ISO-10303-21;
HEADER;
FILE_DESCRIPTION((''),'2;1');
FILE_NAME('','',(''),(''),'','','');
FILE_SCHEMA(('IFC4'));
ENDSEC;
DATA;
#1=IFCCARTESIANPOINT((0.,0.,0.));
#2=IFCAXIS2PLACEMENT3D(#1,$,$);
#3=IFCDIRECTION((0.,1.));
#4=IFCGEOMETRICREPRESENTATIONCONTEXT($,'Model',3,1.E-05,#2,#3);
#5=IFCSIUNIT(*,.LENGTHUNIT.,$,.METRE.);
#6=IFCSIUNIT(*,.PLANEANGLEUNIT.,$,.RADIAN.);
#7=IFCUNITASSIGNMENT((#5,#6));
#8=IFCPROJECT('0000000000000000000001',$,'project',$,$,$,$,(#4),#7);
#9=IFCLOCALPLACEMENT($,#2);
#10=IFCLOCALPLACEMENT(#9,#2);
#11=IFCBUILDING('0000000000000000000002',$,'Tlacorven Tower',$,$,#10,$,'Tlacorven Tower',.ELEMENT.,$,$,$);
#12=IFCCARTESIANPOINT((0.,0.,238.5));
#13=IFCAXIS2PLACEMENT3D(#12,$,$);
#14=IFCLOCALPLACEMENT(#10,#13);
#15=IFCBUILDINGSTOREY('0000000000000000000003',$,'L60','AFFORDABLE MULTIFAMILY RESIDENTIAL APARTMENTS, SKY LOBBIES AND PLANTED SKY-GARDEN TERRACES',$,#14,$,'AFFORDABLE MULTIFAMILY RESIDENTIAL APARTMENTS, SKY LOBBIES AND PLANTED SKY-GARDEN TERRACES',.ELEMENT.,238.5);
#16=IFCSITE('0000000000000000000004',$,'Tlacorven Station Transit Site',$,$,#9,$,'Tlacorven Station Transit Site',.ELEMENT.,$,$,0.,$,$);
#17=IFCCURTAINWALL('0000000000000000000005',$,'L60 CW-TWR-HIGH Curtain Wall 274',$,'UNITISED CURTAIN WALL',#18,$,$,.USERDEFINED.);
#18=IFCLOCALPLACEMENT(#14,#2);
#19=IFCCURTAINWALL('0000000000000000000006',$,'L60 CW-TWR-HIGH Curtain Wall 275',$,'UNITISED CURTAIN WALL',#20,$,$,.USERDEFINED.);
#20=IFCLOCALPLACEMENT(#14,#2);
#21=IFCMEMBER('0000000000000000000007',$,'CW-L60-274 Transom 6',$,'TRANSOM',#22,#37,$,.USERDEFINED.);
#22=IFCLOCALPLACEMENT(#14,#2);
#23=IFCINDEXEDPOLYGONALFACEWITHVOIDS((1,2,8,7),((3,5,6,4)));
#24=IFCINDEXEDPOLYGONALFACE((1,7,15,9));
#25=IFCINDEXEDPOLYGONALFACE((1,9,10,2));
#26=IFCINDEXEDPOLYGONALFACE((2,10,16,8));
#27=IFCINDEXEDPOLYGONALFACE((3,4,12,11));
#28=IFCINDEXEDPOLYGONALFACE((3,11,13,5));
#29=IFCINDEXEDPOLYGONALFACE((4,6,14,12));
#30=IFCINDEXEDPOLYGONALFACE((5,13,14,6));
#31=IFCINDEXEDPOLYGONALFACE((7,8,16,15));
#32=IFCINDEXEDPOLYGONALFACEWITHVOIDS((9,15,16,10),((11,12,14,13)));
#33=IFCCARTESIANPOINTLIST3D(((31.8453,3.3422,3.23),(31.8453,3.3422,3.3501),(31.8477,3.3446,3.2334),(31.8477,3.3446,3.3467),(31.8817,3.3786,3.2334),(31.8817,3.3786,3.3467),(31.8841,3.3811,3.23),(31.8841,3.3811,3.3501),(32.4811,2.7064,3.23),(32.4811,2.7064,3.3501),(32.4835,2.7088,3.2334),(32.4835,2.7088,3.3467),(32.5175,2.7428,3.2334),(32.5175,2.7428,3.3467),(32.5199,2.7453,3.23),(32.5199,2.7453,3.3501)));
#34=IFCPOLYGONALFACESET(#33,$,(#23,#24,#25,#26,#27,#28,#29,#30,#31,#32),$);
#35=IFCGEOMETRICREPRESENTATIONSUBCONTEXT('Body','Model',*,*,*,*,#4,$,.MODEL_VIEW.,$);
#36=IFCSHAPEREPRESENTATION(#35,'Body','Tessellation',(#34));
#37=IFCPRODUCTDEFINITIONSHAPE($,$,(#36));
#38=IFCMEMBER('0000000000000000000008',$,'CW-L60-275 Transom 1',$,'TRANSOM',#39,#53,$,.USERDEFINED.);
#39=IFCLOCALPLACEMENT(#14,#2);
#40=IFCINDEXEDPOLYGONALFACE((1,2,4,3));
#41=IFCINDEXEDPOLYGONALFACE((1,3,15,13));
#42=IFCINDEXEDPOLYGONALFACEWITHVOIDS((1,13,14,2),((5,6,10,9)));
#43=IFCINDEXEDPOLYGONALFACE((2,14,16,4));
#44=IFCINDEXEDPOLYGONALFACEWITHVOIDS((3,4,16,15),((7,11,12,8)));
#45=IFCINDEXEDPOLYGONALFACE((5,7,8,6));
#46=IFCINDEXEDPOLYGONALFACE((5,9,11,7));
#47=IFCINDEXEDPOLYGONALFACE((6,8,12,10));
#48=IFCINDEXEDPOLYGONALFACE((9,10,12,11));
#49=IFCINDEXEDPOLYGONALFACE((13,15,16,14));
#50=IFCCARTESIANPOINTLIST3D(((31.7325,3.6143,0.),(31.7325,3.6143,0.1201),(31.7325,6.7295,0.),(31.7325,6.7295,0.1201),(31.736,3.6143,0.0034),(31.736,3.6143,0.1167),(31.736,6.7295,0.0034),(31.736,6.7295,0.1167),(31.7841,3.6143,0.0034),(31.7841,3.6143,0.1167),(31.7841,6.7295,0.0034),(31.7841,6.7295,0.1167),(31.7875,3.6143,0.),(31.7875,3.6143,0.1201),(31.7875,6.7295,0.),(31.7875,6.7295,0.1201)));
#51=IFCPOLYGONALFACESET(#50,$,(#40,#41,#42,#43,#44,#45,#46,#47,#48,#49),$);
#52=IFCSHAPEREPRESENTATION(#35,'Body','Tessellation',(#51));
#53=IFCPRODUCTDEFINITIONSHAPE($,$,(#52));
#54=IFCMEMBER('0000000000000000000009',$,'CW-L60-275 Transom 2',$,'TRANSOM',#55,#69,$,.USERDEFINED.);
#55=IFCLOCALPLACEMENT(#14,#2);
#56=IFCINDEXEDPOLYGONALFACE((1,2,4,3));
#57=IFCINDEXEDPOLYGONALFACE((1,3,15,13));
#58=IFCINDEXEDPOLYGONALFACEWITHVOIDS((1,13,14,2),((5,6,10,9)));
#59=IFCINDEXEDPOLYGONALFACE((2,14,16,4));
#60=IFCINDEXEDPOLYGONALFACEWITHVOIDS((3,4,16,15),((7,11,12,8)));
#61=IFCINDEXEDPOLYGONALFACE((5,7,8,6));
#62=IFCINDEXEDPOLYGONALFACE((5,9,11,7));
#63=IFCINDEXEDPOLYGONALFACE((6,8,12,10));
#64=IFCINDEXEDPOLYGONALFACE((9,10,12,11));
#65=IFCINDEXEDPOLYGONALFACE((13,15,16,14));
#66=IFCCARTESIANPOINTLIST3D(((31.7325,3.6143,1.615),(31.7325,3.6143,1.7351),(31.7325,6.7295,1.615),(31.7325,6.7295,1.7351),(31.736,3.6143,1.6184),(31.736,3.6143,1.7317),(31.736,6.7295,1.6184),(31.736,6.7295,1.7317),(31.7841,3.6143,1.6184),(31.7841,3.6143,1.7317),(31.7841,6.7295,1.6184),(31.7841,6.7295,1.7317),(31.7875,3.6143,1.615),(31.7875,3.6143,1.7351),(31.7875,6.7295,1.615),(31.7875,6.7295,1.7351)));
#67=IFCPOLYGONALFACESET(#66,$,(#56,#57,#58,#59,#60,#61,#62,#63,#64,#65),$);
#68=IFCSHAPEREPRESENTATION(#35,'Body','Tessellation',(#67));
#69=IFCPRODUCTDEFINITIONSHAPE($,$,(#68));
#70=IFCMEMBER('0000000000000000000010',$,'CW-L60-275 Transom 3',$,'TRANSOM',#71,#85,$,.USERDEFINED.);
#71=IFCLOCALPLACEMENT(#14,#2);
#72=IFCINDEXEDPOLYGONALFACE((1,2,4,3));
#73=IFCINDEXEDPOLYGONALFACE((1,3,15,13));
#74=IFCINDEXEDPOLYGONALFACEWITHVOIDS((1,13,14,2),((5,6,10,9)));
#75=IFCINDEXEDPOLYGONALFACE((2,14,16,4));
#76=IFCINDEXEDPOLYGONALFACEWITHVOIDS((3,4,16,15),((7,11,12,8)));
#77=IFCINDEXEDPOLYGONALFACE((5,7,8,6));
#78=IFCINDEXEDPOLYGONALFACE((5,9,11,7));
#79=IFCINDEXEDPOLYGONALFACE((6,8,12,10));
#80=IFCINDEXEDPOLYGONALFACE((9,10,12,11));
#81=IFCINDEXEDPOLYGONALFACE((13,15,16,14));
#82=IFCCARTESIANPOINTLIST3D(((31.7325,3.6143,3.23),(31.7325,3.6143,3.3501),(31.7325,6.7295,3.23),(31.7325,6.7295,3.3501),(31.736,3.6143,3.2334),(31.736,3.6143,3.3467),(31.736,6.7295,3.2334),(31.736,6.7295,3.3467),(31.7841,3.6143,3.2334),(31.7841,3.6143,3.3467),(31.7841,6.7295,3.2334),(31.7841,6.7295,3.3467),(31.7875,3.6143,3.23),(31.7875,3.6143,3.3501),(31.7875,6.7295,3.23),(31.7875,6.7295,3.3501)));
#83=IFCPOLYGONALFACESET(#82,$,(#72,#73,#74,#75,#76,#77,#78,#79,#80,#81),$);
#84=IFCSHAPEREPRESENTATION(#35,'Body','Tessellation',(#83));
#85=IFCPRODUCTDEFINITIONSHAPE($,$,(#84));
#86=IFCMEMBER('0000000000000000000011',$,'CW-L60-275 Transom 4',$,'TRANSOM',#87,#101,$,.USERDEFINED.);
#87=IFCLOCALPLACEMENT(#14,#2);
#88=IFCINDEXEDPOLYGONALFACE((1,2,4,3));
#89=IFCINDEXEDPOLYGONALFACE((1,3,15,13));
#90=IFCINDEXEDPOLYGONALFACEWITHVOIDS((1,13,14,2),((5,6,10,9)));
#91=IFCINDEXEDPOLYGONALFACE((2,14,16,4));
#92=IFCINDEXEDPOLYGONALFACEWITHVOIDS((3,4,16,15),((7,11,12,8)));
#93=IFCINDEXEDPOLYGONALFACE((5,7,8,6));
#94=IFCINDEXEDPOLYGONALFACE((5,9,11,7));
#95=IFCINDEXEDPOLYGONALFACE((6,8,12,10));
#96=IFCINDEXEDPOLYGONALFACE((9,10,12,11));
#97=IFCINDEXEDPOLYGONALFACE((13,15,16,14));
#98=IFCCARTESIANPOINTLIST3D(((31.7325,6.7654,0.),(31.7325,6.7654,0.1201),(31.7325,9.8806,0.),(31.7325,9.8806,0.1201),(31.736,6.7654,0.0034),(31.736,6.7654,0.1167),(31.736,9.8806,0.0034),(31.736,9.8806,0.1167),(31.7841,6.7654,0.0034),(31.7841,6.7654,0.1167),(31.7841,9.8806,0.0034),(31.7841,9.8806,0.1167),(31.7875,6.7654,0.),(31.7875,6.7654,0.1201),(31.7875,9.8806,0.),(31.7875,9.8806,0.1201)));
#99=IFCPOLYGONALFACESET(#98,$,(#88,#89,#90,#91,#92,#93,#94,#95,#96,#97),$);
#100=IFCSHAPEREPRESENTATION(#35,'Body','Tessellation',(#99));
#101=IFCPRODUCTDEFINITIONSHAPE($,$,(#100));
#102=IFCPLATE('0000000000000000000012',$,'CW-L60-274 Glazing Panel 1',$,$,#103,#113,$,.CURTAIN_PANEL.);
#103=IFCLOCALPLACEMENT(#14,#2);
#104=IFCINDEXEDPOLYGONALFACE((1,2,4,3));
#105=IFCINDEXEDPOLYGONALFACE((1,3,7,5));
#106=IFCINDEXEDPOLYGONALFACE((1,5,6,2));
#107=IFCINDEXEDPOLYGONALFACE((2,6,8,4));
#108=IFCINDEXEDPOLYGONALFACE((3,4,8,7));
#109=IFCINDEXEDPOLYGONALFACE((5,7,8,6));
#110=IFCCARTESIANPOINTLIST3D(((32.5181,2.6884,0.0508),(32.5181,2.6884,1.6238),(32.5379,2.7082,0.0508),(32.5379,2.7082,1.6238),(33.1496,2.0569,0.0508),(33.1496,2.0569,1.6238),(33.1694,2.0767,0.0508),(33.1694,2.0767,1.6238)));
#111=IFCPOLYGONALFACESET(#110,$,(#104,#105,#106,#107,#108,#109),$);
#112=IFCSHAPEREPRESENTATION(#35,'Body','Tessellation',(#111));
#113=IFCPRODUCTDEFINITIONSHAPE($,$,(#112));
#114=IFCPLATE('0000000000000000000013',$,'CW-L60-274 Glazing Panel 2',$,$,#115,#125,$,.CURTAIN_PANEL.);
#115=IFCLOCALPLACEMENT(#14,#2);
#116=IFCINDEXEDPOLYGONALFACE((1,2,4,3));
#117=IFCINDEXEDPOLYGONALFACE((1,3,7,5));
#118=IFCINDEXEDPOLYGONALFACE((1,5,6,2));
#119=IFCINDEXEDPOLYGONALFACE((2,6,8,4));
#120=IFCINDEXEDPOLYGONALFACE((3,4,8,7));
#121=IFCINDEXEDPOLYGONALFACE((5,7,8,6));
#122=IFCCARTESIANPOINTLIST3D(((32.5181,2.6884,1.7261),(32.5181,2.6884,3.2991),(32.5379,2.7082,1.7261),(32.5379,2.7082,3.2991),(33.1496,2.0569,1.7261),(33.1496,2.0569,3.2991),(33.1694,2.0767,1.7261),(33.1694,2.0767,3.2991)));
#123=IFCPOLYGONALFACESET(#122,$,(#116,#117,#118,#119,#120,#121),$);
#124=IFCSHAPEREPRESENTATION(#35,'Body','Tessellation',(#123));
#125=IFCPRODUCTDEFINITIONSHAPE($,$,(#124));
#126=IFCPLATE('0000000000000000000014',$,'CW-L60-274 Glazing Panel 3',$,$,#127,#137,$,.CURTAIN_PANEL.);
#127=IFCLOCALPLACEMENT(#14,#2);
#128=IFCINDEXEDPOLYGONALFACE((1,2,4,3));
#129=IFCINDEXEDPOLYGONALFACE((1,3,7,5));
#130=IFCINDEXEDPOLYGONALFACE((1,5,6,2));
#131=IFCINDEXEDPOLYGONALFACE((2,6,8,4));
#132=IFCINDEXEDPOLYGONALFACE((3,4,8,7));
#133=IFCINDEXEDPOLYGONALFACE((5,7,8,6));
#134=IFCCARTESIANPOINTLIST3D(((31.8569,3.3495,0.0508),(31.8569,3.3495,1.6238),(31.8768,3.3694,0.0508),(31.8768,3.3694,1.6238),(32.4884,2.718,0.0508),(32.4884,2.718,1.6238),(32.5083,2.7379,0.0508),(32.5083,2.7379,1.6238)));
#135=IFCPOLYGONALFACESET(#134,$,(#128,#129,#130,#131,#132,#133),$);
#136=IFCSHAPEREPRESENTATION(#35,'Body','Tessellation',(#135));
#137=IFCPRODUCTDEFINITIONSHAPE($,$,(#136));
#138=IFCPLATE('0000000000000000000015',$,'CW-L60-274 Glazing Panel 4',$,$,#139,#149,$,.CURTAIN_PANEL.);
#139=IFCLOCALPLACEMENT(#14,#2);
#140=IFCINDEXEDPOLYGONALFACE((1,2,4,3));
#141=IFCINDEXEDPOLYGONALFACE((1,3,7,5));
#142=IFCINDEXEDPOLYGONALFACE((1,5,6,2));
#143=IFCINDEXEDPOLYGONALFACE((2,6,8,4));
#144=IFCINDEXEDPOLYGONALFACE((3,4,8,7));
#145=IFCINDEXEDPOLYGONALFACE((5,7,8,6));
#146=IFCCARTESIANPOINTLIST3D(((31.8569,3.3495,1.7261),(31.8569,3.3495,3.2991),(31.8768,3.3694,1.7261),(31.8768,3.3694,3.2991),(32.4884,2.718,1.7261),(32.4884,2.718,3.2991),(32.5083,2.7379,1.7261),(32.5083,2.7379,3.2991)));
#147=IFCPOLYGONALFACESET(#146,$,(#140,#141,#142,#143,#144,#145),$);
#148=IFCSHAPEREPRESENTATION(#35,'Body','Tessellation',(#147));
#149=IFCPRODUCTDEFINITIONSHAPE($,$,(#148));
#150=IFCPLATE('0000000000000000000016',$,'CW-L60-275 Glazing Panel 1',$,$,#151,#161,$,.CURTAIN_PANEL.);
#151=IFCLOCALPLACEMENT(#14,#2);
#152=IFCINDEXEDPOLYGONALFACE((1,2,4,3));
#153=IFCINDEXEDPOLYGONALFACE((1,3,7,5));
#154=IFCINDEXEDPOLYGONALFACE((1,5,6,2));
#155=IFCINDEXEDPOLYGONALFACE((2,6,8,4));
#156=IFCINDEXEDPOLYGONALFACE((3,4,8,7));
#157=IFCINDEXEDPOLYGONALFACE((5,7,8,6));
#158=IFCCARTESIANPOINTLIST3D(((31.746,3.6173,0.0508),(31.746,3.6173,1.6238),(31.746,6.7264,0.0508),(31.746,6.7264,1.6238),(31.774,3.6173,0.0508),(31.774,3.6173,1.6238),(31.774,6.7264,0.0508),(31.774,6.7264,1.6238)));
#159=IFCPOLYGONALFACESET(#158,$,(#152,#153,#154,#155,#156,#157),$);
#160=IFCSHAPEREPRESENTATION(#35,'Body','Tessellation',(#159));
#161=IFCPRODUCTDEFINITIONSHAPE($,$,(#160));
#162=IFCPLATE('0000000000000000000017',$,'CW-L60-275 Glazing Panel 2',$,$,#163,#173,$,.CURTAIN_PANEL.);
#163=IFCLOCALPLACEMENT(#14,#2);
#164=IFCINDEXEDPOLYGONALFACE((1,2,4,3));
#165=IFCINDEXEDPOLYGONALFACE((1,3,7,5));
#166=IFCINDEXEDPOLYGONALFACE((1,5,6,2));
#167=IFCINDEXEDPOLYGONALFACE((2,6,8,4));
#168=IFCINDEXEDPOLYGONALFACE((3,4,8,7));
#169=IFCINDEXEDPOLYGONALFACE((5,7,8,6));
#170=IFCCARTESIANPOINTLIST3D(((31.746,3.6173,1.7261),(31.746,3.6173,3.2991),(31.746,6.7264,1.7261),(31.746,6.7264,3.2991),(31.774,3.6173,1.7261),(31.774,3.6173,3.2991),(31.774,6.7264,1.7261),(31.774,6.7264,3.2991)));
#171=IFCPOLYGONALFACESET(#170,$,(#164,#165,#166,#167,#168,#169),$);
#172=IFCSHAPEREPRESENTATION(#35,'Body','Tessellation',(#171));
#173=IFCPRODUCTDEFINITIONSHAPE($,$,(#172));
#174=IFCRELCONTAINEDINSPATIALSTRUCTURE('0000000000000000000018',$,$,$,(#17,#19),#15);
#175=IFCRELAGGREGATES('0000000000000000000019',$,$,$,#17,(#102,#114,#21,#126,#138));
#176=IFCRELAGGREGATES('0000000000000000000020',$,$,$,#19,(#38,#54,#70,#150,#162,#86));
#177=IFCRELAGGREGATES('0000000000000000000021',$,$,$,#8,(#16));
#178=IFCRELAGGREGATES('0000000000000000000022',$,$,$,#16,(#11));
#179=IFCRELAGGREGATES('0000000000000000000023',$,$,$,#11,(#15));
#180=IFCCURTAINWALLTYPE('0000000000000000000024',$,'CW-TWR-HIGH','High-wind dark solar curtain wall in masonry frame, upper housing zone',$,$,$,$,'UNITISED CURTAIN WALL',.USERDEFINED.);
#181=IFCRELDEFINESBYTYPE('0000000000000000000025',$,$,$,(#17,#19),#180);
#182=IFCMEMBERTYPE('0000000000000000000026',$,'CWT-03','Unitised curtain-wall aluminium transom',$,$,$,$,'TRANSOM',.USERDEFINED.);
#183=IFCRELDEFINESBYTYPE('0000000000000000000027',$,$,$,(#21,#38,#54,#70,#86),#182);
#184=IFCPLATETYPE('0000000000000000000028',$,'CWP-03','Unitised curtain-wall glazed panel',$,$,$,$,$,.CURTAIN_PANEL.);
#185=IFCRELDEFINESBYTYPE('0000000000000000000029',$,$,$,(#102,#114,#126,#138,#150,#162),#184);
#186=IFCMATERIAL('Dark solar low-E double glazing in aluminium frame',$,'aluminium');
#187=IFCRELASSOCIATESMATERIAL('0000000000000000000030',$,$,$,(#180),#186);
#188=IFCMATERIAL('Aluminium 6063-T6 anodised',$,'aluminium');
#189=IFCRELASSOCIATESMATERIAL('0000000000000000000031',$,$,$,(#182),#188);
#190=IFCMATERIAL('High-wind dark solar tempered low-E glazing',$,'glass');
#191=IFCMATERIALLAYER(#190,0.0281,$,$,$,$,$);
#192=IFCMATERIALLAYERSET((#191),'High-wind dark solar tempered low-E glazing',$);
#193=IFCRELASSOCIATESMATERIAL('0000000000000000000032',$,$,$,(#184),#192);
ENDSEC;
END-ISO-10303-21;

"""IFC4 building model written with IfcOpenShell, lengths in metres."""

from ifc_helpers import new_model, si_unit, direction, frame, origin, origin_2d, place, context, subcontext, project, spatial, rectangle, hollow_rectangle, extrude, source, transform, mapped, material, layer, layer_set, material_profile, profile_set, type_object, element, aggregate, save


model = new_model("IFC4")

# Units and contexts
model_context = context("Model", 3, precision=1e-05, world=origin(), true_north=direction((0.0, 1.0)))
body_context = subcontext(model_context, "Body", "Model", "MODEL_VIEW")
ifc_project = project(units=[si_unit("LENGTHUNIT", "METRE"), si_unit("PLANEANGLEUNIT", "RADIAN")], contexts=[model_context])

# Site, building, storey
site_placement = place(None, origin())
site = spatial("IfcSite", under=ifc_project, at=site_placement, Name="Tlacorven Station Transit Site", LongName="Tlacorven Station Transit Site", CompositionType="ELEMENT", RefElevation=0.0)
building_placement = place(site_placement, origin())
building = spatial("IfcBuilding", under=site, at=building_placement, Name="Tlacorven Tower", LongName="Tlacorven Tower", CompositionType="ELEMENT")
storey_placement = place(building_placement, frame((0.0, 0.0, 238.5)))
storey = spatial("IfcBuildingStorey", under=building, at=storey_placement, Name="L60", Description="AFFORDABLE MULTIFAMILY RESIDENTIAL APARTMENTS, SKY LOBBIES AND PLANTED SKY-GARDEN TERRACES", LongName="AFFORDABLE MULTIFAMILY RESIDENTIAL APARTMENTS, SKY LOBBIES AND PLANTED SKY-GARDEN TERRACES", CompositionType="ELEMENT", Elevation=238.5)

# Shared definitions
ifc_material_1 = material(Name="Dark solar low-E double glazing in aluminium frame", Category="aluminium")
curtain_wall_type = type_object("IfcCurtainWallType", Name="CW-TWR-HIGH", Description="High-wind dark solar curtain wall in masonry frame, upper housing zone", ElementType="UNITISED CURTAIN WALL", PredefinedType="USERDEFINED", material=ifc_material_1)
ifc_material_2 = material(Name="Aluminium 6063-T6 anodised", Category="aluminium")

# Curtain walls
curtain_wall_1_placement = place(storey_placement, origin())
curtain_wall_1 = element("IfcCurtainWall", 1, at=curtain_wall_1_placement, inside=storey, type_object=curtain_wall_type, Name="L60 CW-TWR-HIGH Curtain Wall 274", ObjectType="UNITISED CURTAIN WALL", PredefinedType="USERDEFINED")
curtain_wall_2_placement = place(storey_placement, origin())
curtain_wall_2 = element("IfcCurtainWall", 2, at=curtain_wall_2_placement, inside=storey, type_object=curtain_wall_type, Name="L60 CW-TWR-HIGH Curtain Wall 275", ObjectType="UNITISED CURTAIN WALL", PredefinedType="USERDEFINED")

# Members
ifc_material_profile_1 = material_profile(ifc_material_2, hollow_rectangle(XDim=0.0549, YDim=0.1201, WallThickness=0.0034, at=origin_2d()), Name="ALU TRANSOM 55X120")
ifc_profile_set_1 = profile_set([ifc_material_profile_1], Name="Aluminium 6063-T6 anodised")
member_type_1 = type_object("IfcMemberType", Name="CWT-03", Description="Unitised curtain-wall aluminium transom", ElementType="TRANSOM", PredefinedType="USERDEFINED", material=ifc_profile_set_1)
shared_shape_1 = source(origin(), body_context, "Body", "SweptSolid", [
    extrude(hollow_rectangle(XDim=0.0549, YDim=0.1201, WallThickness=0.0034, at=origin_2d()), origin(), (0.0, 0.0, 1.0), 0.8992),
])
member_1_placement = place(storey_placement, frame((32.5005, 2.7258, 3.29), z_axis=(-0.707107, 0.707107, 0.0), x_axis=(-0.707107, -0.707107, 0.0)))
member_1 = element("IfcMember", 3, at=member_1_placement, type_object=member_type_1, Name="CW-L60-274 Transom 6", ObjectType="TRANSOM", PredefinedType="USERDEFINED", context=body_context, shape_type="MappedRepresentation", body=[
    mapped(shared_shape_1, transform((0.0, 0.0, 0.0), scale=1.0)),
])
shared_shape_2 = source(origin(), body_context, "Body", "SweptSolid", [
    extrude(hollow_rectangle(XDim=0.0549, YDim=0.1201, WallThickness=0.0034, at=origin_2d()), origin(), (0.0, 0.0, 1.0), 3.1152),
])
member_2_placement = place(storey_placement, frame((31.76, 3.6143, 0.0601), z_axis=(0.0, 1.0, 0.0), x_axis=(-1.0, 0.0, 0.0)))
member_2 = element("IfcMember", 4, at=member_2_placement, type_object=member_type_1, Name="CW-L60-275 Transom 1", ObjectType="TRANSOM", PredefinedType="USERDEFINED", context=body_context, shape_type="MappedRepresentation", body=[
    mapped(shared_shape_2, transform((0.0, 0.0, 0.0), scale=1.0)),
])
member_3_placement = place(storey_placement, frame((31.76, 3.6143, 1.675), z_axis=(0.0, 1.0, 0.0), x_axis=(-1.0, 0.0, 0.0)))
member_3 = element("IfcMember", 5, at=member_3_placement, type_object=member_type_1, Name="CW-L60-275 Transom 2", ObjectType="TRANSOM", PredefinedType="USERDEFINED", context=body_context, shape_type="MappedRepresentation", body=[
    mapped(shared_shape_2, transform((0.0, 0.0, 0.0), scale=1.0)),
])
member_4_placement = place(storey_placement, frame((31.76, 3.6143, 3.29), z_axis=(0.0, 1.0, 0.0), x_axis=(-1.0, 0.0, 0.0)))
member_4 = element("IfcMember", 6, at=member_4_placement, type_object=member_type_1, Name="CW-L60-275 Transom 3", ObjectType="TRANSOM", PredefinedType="USERDEFINED", context=body_context, shape_type="MappedRepresentation", body=[
    mapped(shared_shape_2, transform((0.0, 0.0, 0.0), scale=1.0)),
])
member_5_placement = place(storey_placement, frame((31.76, 6.7654, 0.0601), z_axis=(0.0, 1.0, 0.0), x_axis=(-1.0, 0.0, 0.0)))
member_5 = element("IfcMember", 7, at=member_5_placement, type_object=member_type_1, Name="CW-L60-275 Transom 4", ObjectType="TRANSOM", PredefinedType="USERDEFINED", context=body_context, shape_type="MappedRepresentation", body=[
    mapped(shared_shape_2, transform((0.0, 0.0, 0.0), scale=1.0)),
])

# Plates
ifc_material_3 = material(Name="High-wind dark solar tempered low-E glazing", Category="glass")
ifc_layer = layer(ifc_material_3, 0.0281)
ifc_layer_set = layer_set([ifc_layer], Name="High-wind dark solar tempered low-E glazing")
plate_type = type_object("IfcPlateType", Name="CWP-03", Description="Unitised curtain-wall glazed panel", PredefinedType="CURTAIN_PANEL", material=ifc_layer_set)
shared_shape_3 = source(origin(), body_context, "Body", "SweptSolid", [
    extrude(rectangle(XDim=0.8931, YDim=0.0281, at=origin_2d()), origin(), (0.0, 0.0, 1.0), 1.573),
])
plate_1_placement = place(storey_placement, frame((32.8438, 2.3826, 0.0508), z_axis=(0.0, 0.0, 1.0), x_axis=(-0.707107, 0.707107, 0.0)))
plate_1 = element("IfcPlate", 8, at=plate_1_placement, type_object=plate_type, Name="CW-L60-274 Glazing Panel 1", PredefinedType="CURTAIN_PANEL", context=body_context, shape_type="MappedRepresentation", body=[
    mapped(shared_shape_3, transform((0.0, 0.0, 0.0), scale=1.0)),
])
plate_2_placement = place(storey_placement, frame((32.8438, 2.3826, 1.7261), z_axis=(0.0, 0.0, 1.0), x_axis=(-0.707107, 0.707107, 0.0)))
plate_2 = element("IfcPlate", 9, at=plate_2_placement, type_object=plate_type, Name="CW-L60-274 Glazing Panel 2", PredefinedType="CURTAIN_PANEL", context=body_context, shape_type="MappedRepresentation", body=[
    mapped(shared_shape_3, transform((0.0, 0.0, 0.0), scale=1.0)),
])
plate_3_placement = place(storey_placement, frame((32.1826, 3.0437, 0.0508), z_axis=(0.0, 0.0, 1.0), x_axis=(-0.707107, 0.707107, 0.0)))
plate_3 = element("IfcPlate", 10, at=plate_3_placement, type_object=plate_type, Name="CW-L60-274 Glazing Panel 3", PredefinedType="CURTAIN_PANEL", context=body_context, shape_type="MappedRepresentation", body=[
    mapped(shared_shape_3, transform((0.0, 0.0, 0.0), scale=1.0)),
])
plate_4_placement = place(storey_placement, frame((32.1826, 3.0437, 1.7261), z_axis=(0.0, 0.0, 1.0), x_axis=(-0.707107, 0.707107, 0.0)))
plate_4 = element("IfcPlate", 11, at=plate_4_placement, type_object=plate_type, Name="CW-L60-274 Glazing Panel 4", PredefinedType="CURTAIN_PANEL", context=body_context, shape_type="MappedRepresentation", body=[
    mapped(shared_shape_3, transform((0.0, 0.0, 0.0), scale=1.0)),
])
aggregate(curtain_wall_1, [plate_1, plate_2, member_1, plate_3, plate_4])
shared_shape_4 = source(origin(), body_context, "Body", "SweptSolid", [
    extrude(rectangle(XDim=3.1091, YDim=0.0281, at=origin_2d()), origin(), (0.0, 0.0, 1.0), 1.573),
])
plate_5_placement = place(storey_placement, frame((31.76, 5.1719, 0.0508), z_axis=(0.0, 0.0, 1.0), x_axis=(0.0, 1.0, 0.0)))
plate_5 = element("IfcPlate", 12, at=plate_5_placement, type_object=plate_type, Name="CW-L60-275 Glazing Panel 1", PredefinedType="CURTAIN_PANEL", context=body_context, shape_type="MappedRepresentation", body=[
    mapped(shared_shape_4, transform((0.0, 0.0, 0.0), scale=1.0)),
])
plate_6_placement = place(storey_placement, frame((31.76, 5.1719, 1.7261), z_axis=(0.0, 0.0, 1.0), x_axis=(0.0, 1.0, 0.0)))
plate_6 = element("IfcPlate", 13, at=plate_6_placement, type_object=plate_type, Name="CW-L60-275 Glazing Panel 2", PredefinedType="CURTAIN_PANEL", context=body_context, shape_type="MappedRepresentation", body=[
    mapped(shared_shape_4, transform((0.0, 0.0, 0.0), scale=1.0)),
])
aggregate(curtain_wall_2, [member_2, member_3, member_4, plate_5, plate_6, member_5])

save(model, "model.ifc")
